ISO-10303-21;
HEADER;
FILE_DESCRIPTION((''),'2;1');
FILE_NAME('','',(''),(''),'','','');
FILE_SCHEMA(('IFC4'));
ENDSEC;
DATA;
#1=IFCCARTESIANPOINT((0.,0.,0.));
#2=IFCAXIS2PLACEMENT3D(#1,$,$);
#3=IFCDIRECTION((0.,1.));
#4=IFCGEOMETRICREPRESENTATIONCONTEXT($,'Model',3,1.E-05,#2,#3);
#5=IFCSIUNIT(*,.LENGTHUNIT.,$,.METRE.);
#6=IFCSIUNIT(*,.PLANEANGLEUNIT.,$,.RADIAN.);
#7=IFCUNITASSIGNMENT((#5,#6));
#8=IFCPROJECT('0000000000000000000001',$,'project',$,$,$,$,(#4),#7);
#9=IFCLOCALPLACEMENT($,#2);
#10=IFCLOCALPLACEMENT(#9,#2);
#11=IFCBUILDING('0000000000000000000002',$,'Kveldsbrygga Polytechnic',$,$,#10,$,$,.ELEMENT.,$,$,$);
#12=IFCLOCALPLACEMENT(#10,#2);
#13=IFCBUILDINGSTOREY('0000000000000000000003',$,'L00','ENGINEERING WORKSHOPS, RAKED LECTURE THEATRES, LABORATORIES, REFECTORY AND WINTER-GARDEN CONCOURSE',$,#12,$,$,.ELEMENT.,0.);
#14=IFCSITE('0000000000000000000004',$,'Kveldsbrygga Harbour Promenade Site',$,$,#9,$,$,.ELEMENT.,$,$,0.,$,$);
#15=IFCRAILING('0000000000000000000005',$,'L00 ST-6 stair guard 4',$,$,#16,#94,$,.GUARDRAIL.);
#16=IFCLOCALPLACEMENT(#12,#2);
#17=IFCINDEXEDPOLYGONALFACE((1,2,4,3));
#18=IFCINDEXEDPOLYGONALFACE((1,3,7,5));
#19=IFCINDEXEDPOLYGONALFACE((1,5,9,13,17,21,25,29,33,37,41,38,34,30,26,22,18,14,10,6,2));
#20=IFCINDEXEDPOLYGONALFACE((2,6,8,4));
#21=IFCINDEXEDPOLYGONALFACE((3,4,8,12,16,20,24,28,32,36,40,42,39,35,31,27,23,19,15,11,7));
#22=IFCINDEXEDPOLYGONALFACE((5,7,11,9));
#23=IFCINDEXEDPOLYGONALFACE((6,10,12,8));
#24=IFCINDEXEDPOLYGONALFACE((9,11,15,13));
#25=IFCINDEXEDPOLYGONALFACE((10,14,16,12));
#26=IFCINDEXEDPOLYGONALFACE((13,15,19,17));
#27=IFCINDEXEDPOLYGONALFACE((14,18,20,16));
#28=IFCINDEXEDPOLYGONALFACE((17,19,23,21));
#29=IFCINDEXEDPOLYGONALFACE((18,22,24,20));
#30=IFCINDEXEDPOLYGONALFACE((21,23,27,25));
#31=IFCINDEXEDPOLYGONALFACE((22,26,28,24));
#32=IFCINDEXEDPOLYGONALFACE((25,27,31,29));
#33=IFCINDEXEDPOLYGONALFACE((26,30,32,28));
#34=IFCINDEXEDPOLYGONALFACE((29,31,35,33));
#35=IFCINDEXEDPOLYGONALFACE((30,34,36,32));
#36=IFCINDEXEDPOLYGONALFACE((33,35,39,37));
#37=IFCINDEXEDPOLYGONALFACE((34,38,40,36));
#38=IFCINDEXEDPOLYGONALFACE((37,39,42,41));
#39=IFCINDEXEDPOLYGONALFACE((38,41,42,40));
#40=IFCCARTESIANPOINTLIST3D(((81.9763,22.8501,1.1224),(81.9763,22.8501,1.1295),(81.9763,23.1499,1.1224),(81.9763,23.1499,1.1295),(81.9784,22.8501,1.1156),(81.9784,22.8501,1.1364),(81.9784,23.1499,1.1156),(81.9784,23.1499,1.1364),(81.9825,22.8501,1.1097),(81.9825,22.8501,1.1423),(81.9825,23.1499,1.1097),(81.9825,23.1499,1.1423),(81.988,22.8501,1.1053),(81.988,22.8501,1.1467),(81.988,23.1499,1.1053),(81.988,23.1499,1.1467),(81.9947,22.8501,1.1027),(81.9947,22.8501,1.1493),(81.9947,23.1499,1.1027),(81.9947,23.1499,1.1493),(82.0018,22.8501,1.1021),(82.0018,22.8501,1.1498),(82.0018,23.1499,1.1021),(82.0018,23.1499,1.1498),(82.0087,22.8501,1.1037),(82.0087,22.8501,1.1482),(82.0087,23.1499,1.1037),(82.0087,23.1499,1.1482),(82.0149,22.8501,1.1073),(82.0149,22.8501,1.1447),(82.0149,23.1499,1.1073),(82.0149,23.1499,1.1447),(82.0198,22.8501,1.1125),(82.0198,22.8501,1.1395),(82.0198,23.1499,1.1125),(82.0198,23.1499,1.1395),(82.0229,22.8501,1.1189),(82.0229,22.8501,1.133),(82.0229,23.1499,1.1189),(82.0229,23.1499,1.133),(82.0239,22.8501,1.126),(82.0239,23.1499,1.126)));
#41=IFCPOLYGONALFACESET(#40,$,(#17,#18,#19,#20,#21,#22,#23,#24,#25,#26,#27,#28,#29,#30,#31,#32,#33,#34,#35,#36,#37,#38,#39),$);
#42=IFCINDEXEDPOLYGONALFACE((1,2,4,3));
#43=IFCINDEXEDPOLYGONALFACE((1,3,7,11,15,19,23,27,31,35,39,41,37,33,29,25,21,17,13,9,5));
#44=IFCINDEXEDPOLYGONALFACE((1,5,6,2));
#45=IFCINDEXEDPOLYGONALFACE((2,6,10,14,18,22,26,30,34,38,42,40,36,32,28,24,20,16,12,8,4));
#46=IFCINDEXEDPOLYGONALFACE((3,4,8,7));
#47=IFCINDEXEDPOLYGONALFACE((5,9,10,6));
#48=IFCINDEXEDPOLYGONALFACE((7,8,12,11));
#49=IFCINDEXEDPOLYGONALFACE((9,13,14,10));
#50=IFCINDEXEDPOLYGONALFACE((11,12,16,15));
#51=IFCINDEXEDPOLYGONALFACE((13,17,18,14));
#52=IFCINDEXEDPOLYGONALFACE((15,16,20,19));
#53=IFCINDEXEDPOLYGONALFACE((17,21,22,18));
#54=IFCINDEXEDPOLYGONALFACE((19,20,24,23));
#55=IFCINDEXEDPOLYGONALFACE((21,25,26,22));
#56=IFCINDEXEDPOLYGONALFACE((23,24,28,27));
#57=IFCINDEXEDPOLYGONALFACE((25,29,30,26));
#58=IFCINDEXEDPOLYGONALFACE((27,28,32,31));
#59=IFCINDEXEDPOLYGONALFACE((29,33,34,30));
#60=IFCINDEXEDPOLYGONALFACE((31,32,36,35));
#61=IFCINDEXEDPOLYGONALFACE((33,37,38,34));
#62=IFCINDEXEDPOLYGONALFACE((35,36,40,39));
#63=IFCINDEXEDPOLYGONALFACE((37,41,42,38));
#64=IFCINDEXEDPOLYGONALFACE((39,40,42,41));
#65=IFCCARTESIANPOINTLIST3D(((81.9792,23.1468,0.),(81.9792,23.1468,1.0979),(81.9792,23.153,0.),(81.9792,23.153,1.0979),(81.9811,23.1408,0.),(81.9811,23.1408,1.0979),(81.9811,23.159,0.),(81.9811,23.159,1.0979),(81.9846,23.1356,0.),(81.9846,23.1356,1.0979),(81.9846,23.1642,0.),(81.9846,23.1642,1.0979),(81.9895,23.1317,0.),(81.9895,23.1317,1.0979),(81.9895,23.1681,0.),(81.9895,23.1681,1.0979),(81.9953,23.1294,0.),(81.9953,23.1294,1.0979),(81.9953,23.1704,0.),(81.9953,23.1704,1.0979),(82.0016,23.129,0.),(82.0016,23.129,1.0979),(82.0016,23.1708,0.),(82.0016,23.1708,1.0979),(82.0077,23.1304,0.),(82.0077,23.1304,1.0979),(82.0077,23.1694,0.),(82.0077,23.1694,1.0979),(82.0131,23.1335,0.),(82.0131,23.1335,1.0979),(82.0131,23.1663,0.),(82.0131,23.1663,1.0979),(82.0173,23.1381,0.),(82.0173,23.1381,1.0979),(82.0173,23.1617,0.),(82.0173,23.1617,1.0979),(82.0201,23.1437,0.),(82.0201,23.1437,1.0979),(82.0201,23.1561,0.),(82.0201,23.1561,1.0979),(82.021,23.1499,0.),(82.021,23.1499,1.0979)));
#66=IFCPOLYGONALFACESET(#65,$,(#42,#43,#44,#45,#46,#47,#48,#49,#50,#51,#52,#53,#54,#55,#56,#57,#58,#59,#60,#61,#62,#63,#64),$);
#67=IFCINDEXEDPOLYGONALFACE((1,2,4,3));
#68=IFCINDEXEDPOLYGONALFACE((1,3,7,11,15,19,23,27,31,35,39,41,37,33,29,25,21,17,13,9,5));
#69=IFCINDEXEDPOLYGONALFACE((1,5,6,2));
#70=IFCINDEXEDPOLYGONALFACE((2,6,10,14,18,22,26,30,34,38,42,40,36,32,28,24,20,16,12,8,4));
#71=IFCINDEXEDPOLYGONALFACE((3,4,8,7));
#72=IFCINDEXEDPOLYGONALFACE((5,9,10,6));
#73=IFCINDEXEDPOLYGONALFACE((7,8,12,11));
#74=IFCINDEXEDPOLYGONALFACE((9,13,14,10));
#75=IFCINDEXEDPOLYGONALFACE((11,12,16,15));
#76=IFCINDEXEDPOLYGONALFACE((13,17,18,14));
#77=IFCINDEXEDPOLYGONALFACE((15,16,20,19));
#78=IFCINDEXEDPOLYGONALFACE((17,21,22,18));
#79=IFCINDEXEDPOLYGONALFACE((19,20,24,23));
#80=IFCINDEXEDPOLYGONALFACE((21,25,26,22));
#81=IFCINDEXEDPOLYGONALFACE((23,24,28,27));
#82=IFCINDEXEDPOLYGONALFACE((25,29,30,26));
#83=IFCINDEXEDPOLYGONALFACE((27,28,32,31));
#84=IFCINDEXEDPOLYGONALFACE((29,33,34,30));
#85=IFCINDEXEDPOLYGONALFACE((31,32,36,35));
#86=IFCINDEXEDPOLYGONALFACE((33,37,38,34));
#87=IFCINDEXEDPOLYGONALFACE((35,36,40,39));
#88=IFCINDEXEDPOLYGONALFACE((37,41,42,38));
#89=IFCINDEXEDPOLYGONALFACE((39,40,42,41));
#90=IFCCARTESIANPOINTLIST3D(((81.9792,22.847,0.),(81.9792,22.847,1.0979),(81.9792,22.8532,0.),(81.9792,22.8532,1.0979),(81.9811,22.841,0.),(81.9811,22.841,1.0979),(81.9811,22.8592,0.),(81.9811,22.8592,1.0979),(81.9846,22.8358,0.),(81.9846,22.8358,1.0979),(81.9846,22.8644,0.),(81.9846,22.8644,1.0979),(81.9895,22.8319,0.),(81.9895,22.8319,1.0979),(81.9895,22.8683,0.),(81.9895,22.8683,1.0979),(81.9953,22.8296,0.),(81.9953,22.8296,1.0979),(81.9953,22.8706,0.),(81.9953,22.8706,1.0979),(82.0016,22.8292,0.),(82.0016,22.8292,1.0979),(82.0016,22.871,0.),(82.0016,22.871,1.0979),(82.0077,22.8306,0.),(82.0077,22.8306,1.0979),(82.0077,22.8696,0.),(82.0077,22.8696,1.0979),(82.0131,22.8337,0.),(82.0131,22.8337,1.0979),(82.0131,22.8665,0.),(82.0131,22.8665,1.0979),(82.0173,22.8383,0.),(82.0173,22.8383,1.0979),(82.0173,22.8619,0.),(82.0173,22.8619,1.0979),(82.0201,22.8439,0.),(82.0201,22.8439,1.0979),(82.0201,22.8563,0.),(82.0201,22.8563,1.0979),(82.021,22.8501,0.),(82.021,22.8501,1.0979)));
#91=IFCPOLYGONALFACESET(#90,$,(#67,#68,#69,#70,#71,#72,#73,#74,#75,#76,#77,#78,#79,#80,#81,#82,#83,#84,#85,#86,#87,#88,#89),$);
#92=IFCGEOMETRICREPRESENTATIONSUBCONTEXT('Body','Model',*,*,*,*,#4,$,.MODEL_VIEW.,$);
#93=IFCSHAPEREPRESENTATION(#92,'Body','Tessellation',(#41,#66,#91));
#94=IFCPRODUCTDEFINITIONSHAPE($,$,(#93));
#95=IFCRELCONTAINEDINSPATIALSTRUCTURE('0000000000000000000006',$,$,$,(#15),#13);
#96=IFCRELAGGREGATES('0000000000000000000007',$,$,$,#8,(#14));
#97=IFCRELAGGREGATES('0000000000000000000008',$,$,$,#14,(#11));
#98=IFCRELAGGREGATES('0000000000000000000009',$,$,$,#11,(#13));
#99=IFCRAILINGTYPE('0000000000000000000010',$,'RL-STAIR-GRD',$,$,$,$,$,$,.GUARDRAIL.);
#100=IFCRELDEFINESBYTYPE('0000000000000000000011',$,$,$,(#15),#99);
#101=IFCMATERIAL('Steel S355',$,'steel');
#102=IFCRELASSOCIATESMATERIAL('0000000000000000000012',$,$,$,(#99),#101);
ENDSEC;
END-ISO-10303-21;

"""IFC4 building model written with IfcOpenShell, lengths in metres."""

from ifc_helpers import new_model, si_unit, direction, frame, origin, origin_2d, place, context, subcontext, project, spatial, circle, extrude, material, type_object, element, save


model = new_model("IFC4")

# Units and contexts
model_context = context("Model", 3, precision=1e-05, world=origin(), true_north=direction((0.0, 1.0)))
body_context = subcontext(model_context, "Body", "Model", "MODEL_VIEW")
ifc_project = project(units=[si_unit("LENGTHUNIT", "METRE"), si_unit("PLANEANGLEUNIT", "RADIAN")], contexts=[model_context])

# Site, building, storey
site_placement = place(None, origin())
site = spatial("IfcSite", under=ifc_project, at=site_placement, Name="Kveldsbrygga Harbour Promenade Site", CompositionType="ELEMENT", RefElevation=0.0)
building_placement = place(site_placement, origin())
building = spatial("IfcBuilding", under=site, at=building_placement, Name="Kveldsbrygga Polytechnic", CompositionType="ELEMENT")
storey_placement = place(building_placement, origin())
storey = spatial("IfcBuildingStorey", under=building, at=storey_placement, Name="L00", Description="ENGINEERING WORKSHOPS, RAKED LECTURE THEATRES, LABORATORIES, REFECTORY AND WINTER-GARDEN CONCOURSE", CompositionType="ELEMENT", Elevation=0.0)

# Railing
ifc_material_1 = material(Name="Steel S355", Category="steel")
railing_type_1 = type_object("IfcRailingType", Name="RL-STAIR-GRD", PredefinedType="GUARDRAIL", material=ifc_material_1)
railing_1_placement = place(storey_placement, frame((82.0, 23.1499, 0.0)))
element("IfcRailing", 1, at=railing_1_placement, inside=storey, type_object=railing_type_1, Name="L00 ST-6 stair guard 4", PredefinedType="GUARDRAIL", context=body_context, shape_type="SweptSolid", body=[
    extrude(circle(Radius=0.0239, at=origin_2d()), frame((0.0, 0.0, 1.126), z_axis=(0.0, -1.0, 0.0), x_axis=(1.0, 0.0, 0.0)), (0.0, 0.0, 1.0), 0.2998),
    extrude(circle(Radius=0.021, at=origin_2d()), origin(), (0.0, 0.0, 1.0), 1.0979),
    extrude(circle(Radius=0.021, at=origin_2d()), frame((0.0, -0.2998, 0.0)), (0.0, 0.0, 1.0), 1.0979),
])

save(model, "model.ifc")
